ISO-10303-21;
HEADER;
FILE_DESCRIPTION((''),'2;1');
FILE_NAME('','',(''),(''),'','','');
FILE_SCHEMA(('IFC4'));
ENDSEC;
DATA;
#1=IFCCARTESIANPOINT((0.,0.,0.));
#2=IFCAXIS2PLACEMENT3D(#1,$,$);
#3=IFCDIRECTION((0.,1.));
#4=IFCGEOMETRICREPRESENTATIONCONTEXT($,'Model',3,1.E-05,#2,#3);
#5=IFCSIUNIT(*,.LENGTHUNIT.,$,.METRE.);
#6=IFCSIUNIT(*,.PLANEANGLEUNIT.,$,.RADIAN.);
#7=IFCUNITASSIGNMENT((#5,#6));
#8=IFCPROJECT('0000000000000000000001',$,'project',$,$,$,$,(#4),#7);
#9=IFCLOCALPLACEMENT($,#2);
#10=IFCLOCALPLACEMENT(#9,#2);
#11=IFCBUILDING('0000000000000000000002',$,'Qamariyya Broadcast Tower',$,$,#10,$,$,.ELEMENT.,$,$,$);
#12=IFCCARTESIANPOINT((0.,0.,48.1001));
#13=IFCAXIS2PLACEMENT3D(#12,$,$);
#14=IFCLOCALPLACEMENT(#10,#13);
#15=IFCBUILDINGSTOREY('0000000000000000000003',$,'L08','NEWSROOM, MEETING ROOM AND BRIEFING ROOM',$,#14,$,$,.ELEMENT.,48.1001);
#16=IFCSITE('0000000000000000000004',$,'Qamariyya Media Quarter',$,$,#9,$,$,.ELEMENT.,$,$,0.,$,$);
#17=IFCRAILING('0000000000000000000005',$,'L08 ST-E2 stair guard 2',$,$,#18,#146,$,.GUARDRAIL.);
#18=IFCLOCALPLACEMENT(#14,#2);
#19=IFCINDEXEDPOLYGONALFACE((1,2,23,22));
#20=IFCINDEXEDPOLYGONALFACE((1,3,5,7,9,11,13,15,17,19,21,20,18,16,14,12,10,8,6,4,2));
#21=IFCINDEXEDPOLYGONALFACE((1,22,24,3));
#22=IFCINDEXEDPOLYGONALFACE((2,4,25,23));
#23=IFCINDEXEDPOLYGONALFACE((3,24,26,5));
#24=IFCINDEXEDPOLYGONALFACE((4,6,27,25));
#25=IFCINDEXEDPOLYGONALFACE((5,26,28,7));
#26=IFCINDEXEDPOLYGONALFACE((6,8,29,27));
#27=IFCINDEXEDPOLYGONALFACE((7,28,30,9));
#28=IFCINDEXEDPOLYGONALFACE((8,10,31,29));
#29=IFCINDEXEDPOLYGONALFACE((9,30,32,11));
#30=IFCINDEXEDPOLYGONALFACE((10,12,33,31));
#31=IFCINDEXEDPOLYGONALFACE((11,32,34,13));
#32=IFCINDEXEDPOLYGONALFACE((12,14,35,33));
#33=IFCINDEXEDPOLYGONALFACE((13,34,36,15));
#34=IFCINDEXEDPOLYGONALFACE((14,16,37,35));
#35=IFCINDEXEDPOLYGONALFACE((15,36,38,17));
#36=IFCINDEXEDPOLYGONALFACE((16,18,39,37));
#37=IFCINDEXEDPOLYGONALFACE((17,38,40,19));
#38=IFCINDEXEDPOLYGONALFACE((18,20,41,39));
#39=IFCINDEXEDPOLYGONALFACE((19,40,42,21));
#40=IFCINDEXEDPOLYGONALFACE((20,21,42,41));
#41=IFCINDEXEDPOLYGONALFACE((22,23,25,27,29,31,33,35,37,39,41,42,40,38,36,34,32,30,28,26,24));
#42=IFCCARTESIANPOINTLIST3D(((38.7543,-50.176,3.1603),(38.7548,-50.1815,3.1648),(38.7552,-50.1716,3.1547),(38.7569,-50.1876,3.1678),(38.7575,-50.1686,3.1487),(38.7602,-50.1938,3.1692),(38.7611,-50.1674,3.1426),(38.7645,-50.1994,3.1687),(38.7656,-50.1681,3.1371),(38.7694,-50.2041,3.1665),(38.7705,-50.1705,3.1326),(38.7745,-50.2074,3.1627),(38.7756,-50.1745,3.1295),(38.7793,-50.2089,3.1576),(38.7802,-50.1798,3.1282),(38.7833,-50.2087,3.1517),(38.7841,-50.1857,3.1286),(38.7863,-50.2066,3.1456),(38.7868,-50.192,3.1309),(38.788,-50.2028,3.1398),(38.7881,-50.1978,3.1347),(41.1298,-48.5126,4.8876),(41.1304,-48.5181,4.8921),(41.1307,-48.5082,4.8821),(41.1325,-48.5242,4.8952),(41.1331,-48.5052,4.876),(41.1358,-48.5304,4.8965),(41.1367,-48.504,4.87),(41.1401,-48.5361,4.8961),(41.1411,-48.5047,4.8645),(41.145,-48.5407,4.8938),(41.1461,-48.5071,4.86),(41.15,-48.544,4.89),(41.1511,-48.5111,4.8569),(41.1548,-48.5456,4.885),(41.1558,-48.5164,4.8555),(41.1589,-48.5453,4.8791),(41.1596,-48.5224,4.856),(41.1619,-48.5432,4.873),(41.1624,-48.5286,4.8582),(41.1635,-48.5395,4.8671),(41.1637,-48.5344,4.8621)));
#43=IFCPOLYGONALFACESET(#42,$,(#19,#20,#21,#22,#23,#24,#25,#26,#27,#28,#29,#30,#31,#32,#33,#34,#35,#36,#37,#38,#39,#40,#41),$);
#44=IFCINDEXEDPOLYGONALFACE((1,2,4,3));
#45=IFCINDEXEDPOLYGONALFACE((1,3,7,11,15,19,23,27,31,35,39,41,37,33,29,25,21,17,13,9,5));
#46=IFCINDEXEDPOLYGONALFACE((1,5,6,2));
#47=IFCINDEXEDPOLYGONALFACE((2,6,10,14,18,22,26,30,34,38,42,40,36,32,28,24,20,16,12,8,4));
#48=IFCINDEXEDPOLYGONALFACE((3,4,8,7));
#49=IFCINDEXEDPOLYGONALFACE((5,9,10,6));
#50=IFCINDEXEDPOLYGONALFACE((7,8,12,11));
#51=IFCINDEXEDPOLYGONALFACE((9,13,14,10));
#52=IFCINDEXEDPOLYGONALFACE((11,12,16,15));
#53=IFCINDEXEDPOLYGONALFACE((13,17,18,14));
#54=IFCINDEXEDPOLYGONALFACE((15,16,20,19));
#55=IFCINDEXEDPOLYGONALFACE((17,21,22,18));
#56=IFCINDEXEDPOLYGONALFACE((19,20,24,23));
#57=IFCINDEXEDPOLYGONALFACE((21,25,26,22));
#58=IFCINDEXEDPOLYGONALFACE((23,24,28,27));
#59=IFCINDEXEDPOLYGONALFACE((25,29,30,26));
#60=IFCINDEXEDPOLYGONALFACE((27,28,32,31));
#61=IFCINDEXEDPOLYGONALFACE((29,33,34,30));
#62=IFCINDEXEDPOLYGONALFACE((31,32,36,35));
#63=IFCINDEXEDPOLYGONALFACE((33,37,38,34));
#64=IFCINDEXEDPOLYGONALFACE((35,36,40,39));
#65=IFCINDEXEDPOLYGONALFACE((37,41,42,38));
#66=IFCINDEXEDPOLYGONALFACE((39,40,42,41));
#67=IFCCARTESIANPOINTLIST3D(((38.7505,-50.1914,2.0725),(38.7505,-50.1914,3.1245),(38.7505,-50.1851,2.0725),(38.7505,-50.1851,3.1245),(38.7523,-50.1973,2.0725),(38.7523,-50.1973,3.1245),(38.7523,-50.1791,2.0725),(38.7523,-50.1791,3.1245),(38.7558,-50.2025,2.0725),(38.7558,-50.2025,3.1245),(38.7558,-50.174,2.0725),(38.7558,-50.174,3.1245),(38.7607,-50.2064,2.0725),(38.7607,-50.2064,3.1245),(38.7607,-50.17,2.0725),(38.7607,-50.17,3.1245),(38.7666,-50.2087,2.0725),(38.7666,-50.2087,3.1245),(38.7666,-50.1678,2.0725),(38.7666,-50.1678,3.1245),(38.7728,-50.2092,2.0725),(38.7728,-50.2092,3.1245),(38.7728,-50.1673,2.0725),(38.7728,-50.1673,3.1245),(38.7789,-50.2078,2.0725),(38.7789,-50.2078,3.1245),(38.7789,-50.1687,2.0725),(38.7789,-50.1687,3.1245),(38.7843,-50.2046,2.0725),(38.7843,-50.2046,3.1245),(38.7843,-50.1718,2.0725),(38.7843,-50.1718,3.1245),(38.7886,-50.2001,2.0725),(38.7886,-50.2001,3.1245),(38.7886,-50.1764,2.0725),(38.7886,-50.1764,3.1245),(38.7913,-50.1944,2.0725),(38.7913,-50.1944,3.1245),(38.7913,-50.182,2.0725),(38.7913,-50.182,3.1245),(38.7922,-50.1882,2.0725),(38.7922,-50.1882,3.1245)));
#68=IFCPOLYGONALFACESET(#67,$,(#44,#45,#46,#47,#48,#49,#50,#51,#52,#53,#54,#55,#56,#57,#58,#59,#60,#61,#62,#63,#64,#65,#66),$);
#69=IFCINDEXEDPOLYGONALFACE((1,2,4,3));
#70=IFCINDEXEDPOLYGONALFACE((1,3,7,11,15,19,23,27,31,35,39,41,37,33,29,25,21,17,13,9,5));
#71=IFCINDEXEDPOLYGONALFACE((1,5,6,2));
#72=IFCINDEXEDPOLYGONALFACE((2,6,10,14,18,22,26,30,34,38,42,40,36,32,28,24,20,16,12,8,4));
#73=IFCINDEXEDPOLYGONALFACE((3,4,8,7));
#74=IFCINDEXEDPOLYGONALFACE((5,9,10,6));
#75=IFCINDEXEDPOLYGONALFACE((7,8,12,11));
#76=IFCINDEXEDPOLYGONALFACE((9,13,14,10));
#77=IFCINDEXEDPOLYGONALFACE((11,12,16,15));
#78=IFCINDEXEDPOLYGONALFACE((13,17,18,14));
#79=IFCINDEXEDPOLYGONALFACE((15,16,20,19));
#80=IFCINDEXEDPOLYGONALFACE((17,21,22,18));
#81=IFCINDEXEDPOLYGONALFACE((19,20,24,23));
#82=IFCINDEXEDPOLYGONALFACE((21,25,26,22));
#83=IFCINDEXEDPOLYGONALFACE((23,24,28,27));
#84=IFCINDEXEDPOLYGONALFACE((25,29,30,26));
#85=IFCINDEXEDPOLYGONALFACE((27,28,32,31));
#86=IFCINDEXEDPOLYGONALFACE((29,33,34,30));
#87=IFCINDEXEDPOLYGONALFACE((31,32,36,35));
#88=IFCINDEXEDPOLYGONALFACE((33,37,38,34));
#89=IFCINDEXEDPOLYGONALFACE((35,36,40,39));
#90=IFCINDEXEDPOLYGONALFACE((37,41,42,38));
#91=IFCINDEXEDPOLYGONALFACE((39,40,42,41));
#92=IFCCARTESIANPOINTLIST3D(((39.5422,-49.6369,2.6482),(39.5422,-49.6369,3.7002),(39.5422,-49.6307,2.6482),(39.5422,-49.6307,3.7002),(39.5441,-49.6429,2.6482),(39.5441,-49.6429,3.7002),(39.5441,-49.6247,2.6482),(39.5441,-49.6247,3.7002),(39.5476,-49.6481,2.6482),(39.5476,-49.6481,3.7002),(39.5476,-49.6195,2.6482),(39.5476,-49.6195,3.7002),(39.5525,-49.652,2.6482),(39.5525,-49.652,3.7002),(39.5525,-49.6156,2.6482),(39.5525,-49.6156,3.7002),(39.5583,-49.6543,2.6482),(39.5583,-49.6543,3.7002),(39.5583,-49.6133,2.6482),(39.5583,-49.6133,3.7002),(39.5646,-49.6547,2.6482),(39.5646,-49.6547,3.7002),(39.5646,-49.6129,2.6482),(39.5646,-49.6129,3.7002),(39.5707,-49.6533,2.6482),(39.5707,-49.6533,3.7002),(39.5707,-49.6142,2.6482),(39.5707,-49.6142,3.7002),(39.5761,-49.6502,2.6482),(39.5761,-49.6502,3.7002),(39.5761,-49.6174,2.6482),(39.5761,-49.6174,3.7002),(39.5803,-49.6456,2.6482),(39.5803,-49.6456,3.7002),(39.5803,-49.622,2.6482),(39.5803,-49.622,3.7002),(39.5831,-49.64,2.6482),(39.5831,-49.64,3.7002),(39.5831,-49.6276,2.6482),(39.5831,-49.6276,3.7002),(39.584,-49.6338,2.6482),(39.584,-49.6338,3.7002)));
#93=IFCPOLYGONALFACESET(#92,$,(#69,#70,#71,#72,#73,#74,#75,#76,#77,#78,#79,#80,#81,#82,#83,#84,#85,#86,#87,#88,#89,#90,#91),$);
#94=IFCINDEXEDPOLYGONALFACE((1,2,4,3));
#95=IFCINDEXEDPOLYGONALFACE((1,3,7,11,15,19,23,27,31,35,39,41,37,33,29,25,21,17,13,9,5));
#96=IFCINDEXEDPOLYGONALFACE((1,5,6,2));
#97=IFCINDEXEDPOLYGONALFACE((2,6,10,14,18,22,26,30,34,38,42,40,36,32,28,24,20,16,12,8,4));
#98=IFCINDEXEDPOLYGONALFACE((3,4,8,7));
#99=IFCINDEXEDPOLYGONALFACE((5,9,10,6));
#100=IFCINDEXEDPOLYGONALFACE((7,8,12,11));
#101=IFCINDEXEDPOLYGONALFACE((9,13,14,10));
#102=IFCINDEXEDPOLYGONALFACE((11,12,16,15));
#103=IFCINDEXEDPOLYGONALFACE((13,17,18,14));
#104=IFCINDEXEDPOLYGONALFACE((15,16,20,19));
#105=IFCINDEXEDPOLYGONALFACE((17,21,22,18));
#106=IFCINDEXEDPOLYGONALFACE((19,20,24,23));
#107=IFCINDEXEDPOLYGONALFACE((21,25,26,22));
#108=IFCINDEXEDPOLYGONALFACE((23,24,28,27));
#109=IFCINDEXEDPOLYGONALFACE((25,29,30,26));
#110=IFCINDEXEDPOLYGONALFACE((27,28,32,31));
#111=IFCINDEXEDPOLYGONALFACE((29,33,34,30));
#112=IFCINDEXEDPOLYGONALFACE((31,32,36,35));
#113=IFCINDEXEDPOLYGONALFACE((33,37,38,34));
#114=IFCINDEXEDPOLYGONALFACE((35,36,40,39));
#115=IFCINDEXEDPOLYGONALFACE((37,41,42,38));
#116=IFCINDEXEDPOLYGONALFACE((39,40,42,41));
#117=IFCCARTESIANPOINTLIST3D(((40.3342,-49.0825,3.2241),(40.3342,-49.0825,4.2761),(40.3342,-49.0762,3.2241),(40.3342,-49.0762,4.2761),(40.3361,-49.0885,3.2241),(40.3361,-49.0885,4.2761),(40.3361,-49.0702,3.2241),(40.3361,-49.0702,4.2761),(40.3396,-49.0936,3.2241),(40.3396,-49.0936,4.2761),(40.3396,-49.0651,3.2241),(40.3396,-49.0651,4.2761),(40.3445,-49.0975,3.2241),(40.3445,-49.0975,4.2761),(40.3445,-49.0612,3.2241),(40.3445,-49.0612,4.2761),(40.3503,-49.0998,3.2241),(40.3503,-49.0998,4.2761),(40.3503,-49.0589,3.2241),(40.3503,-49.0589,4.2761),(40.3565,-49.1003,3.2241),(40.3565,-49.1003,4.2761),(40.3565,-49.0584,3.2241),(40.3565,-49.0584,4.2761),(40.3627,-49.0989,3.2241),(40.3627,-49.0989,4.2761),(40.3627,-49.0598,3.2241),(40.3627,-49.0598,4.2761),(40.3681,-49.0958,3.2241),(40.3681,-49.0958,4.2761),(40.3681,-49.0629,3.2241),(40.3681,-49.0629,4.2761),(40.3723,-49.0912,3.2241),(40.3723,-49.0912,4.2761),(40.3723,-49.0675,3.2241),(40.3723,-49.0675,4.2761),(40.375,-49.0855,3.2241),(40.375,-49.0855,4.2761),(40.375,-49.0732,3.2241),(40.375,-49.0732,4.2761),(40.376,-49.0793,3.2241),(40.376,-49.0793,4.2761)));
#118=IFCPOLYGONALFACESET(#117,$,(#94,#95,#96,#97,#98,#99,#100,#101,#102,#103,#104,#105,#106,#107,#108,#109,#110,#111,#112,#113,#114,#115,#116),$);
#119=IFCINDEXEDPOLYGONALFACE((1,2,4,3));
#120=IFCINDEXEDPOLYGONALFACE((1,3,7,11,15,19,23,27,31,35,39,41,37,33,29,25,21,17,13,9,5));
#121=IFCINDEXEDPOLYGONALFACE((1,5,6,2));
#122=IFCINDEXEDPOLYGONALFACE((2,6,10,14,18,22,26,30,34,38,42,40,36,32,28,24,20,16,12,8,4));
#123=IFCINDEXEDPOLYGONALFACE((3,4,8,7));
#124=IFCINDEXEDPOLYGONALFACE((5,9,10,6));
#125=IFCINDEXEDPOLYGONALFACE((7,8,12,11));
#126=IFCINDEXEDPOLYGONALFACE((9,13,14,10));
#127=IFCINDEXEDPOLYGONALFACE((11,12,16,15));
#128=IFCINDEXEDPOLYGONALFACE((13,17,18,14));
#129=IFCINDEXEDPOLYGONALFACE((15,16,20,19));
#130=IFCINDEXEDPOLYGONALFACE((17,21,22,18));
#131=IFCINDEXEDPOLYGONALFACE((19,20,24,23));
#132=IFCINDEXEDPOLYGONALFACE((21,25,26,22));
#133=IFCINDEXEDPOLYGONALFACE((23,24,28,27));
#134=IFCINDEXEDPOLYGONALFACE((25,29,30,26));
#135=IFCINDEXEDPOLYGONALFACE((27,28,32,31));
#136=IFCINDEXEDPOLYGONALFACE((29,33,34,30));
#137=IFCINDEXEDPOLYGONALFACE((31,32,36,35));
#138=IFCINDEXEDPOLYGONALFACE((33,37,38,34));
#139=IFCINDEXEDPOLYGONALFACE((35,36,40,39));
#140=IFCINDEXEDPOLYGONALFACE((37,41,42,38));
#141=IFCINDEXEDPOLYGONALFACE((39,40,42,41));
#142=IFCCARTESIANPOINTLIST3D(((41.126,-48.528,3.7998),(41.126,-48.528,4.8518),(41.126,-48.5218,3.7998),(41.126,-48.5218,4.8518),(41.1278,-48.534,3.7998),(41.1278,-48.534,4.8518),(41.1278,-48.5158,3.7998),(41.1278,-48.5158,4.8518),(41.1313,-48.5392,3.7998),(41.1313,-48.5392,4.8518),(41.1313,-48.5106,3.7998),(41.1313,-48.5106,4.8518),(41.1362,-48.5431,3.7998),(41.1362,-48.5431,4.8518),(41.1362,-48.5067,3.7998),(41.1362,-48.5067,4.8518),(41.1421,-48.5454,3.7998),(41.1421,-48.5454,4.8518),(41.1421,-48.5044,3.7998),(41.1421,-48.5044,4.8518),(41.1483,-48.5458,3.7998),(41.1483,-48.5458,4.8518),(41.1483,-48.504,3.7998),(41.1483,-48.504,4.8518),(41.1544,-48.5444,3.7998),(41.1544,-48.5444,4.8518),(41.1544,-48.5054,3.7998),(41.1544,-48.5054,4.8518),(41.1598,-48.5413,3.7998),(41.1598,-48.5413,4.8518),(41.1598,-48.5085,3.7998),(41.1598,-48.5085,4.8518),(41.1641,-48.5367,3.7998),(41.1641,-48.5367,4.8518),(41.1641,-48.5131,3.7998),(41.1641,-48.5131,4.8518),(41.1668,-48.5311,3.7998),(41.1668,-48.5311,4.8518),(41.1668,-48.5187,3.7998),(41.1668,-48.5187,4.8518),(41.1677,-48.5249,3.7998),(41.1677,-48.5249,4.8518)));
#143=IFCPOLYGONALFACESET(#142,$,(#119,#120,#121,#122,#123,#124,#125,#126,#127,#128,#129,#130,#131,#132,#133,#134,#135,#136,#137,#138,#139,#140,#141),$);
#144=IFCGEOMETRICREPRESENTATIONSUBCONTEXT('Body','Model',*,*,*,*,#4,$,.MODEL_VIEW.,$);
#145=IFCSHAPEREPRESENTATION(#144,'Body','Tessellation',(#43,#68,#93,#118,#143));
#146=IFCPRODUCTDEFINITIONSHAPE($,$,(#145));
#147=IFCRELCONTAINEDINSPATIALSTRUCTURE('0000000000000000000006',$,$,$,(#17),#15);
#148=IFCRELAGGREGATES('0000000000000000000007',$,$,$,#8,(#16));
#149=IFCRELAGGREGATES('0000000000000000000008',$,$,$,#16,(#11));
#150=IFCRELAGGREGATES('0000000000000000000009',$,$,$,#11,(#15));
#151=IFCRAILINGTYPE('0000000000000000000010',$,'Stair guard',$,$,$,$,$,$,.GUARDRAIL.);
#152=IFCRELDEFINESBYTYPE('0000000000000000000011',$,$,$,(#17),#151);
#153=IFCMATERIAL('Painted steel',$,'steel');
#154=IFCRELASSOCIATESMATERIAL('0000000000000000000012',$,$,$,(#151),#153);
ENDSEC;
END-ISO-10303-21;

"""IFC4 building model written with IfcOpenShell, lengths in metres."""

from ifc_helpers import new_model, si_unit, direction, frame, origin, origin_2d, place, context, subcontext, project, spatial, circle, extrude, material, type_object, element, save


model = new_model("IFC4")

# Units and contexts
model_context = context("Model", 3, precision=1e-05, world=origin(), true_north=direction((0.0, 1.0)))
body_context = subcontext(model_context, "Body", "Model", "MODEL_VIEW")
ifc_project = project(units=[si_unit("LENGTHUNIT", "METRE"), si_unit("PLANEANGLEUNIT", "RADIAN")], contexts=[model_context])

# Site, building, storey
site_placement = place(None, origin())
site = spatial("IfcSite", under=ifc_project, at=site_placement, Name="Qamariyya Media Quarter", CompositionType="ELEMENT", RefElevation=0.0)
building_placement = place(site_placement, origin())
building = spatial("IfcBuilding", under=site, at=building_placement, Name="Qamariyya Broadcast Tower", CompositionType="ELEMENT")
storey_placement = place(building_placement, frame((0.0, 0.0, 48.1001)))
storey = spatial("IfcBuildingStorey", under=building, at=storey_placement, Name="L08", Description="NEWSROOM, MEETING ROOM AND BRIEFING ROOM", CompositionType="ELEMENT", Elevation=48.1001)

# Railing
ifc_material_1 = material(Name="Painted steel", Category="steel")
railing_type_1 = type_object("IfcRailingType", Name="Stair guard", PredefinedType="GUARDRAIL", material=ifc_material_1)
railing_1_placement = place(storey_placement, frame((38.7712, -50.1882, 2.0725)))
element("IfcRailing", 1, at=railing_1_placement, inside=storey, type_object=railing_type_1, Name="L08 ST-E2 stair guard 2", PredefinedType="GUARDRAIL", context=body_context, shape_type="SweptSolid", body=[
    extrude(circle(Radius=0.0239, at=origin_2d()), frame((0.0, 0.0, 1.0762), z_axis=(0.70377, 0.492784, 0.511734), x_axis=(-0.573575, 0.819153, 0.0)), (0.0, 0.0, 1.0), 3.3755),
    extrude(circle(Radius=0.021, at=origin_2d()), origin(), (0.0, 0.0, 1.0), 1.052),
    extrude(circle(Radius=0.021, at=origin_2d()), frame((0.7917, 0.5544, 0.5757)), (0.0, 0.0, 1.0), 1.052),
    extrude(circle(Radius=0.021, at=origin_2d()), frame((1.5837, 1.1089, 1.1516)), (0.0, 0.0, 1.0), 1.052),
    extrude(circle(Radius=0.021, at=origin_2d()), frame((2.3755, 1.6633, 1.7273)), (0.0, 0.0, 1.0), 1.052),
])

save(model, "model.ifc")
